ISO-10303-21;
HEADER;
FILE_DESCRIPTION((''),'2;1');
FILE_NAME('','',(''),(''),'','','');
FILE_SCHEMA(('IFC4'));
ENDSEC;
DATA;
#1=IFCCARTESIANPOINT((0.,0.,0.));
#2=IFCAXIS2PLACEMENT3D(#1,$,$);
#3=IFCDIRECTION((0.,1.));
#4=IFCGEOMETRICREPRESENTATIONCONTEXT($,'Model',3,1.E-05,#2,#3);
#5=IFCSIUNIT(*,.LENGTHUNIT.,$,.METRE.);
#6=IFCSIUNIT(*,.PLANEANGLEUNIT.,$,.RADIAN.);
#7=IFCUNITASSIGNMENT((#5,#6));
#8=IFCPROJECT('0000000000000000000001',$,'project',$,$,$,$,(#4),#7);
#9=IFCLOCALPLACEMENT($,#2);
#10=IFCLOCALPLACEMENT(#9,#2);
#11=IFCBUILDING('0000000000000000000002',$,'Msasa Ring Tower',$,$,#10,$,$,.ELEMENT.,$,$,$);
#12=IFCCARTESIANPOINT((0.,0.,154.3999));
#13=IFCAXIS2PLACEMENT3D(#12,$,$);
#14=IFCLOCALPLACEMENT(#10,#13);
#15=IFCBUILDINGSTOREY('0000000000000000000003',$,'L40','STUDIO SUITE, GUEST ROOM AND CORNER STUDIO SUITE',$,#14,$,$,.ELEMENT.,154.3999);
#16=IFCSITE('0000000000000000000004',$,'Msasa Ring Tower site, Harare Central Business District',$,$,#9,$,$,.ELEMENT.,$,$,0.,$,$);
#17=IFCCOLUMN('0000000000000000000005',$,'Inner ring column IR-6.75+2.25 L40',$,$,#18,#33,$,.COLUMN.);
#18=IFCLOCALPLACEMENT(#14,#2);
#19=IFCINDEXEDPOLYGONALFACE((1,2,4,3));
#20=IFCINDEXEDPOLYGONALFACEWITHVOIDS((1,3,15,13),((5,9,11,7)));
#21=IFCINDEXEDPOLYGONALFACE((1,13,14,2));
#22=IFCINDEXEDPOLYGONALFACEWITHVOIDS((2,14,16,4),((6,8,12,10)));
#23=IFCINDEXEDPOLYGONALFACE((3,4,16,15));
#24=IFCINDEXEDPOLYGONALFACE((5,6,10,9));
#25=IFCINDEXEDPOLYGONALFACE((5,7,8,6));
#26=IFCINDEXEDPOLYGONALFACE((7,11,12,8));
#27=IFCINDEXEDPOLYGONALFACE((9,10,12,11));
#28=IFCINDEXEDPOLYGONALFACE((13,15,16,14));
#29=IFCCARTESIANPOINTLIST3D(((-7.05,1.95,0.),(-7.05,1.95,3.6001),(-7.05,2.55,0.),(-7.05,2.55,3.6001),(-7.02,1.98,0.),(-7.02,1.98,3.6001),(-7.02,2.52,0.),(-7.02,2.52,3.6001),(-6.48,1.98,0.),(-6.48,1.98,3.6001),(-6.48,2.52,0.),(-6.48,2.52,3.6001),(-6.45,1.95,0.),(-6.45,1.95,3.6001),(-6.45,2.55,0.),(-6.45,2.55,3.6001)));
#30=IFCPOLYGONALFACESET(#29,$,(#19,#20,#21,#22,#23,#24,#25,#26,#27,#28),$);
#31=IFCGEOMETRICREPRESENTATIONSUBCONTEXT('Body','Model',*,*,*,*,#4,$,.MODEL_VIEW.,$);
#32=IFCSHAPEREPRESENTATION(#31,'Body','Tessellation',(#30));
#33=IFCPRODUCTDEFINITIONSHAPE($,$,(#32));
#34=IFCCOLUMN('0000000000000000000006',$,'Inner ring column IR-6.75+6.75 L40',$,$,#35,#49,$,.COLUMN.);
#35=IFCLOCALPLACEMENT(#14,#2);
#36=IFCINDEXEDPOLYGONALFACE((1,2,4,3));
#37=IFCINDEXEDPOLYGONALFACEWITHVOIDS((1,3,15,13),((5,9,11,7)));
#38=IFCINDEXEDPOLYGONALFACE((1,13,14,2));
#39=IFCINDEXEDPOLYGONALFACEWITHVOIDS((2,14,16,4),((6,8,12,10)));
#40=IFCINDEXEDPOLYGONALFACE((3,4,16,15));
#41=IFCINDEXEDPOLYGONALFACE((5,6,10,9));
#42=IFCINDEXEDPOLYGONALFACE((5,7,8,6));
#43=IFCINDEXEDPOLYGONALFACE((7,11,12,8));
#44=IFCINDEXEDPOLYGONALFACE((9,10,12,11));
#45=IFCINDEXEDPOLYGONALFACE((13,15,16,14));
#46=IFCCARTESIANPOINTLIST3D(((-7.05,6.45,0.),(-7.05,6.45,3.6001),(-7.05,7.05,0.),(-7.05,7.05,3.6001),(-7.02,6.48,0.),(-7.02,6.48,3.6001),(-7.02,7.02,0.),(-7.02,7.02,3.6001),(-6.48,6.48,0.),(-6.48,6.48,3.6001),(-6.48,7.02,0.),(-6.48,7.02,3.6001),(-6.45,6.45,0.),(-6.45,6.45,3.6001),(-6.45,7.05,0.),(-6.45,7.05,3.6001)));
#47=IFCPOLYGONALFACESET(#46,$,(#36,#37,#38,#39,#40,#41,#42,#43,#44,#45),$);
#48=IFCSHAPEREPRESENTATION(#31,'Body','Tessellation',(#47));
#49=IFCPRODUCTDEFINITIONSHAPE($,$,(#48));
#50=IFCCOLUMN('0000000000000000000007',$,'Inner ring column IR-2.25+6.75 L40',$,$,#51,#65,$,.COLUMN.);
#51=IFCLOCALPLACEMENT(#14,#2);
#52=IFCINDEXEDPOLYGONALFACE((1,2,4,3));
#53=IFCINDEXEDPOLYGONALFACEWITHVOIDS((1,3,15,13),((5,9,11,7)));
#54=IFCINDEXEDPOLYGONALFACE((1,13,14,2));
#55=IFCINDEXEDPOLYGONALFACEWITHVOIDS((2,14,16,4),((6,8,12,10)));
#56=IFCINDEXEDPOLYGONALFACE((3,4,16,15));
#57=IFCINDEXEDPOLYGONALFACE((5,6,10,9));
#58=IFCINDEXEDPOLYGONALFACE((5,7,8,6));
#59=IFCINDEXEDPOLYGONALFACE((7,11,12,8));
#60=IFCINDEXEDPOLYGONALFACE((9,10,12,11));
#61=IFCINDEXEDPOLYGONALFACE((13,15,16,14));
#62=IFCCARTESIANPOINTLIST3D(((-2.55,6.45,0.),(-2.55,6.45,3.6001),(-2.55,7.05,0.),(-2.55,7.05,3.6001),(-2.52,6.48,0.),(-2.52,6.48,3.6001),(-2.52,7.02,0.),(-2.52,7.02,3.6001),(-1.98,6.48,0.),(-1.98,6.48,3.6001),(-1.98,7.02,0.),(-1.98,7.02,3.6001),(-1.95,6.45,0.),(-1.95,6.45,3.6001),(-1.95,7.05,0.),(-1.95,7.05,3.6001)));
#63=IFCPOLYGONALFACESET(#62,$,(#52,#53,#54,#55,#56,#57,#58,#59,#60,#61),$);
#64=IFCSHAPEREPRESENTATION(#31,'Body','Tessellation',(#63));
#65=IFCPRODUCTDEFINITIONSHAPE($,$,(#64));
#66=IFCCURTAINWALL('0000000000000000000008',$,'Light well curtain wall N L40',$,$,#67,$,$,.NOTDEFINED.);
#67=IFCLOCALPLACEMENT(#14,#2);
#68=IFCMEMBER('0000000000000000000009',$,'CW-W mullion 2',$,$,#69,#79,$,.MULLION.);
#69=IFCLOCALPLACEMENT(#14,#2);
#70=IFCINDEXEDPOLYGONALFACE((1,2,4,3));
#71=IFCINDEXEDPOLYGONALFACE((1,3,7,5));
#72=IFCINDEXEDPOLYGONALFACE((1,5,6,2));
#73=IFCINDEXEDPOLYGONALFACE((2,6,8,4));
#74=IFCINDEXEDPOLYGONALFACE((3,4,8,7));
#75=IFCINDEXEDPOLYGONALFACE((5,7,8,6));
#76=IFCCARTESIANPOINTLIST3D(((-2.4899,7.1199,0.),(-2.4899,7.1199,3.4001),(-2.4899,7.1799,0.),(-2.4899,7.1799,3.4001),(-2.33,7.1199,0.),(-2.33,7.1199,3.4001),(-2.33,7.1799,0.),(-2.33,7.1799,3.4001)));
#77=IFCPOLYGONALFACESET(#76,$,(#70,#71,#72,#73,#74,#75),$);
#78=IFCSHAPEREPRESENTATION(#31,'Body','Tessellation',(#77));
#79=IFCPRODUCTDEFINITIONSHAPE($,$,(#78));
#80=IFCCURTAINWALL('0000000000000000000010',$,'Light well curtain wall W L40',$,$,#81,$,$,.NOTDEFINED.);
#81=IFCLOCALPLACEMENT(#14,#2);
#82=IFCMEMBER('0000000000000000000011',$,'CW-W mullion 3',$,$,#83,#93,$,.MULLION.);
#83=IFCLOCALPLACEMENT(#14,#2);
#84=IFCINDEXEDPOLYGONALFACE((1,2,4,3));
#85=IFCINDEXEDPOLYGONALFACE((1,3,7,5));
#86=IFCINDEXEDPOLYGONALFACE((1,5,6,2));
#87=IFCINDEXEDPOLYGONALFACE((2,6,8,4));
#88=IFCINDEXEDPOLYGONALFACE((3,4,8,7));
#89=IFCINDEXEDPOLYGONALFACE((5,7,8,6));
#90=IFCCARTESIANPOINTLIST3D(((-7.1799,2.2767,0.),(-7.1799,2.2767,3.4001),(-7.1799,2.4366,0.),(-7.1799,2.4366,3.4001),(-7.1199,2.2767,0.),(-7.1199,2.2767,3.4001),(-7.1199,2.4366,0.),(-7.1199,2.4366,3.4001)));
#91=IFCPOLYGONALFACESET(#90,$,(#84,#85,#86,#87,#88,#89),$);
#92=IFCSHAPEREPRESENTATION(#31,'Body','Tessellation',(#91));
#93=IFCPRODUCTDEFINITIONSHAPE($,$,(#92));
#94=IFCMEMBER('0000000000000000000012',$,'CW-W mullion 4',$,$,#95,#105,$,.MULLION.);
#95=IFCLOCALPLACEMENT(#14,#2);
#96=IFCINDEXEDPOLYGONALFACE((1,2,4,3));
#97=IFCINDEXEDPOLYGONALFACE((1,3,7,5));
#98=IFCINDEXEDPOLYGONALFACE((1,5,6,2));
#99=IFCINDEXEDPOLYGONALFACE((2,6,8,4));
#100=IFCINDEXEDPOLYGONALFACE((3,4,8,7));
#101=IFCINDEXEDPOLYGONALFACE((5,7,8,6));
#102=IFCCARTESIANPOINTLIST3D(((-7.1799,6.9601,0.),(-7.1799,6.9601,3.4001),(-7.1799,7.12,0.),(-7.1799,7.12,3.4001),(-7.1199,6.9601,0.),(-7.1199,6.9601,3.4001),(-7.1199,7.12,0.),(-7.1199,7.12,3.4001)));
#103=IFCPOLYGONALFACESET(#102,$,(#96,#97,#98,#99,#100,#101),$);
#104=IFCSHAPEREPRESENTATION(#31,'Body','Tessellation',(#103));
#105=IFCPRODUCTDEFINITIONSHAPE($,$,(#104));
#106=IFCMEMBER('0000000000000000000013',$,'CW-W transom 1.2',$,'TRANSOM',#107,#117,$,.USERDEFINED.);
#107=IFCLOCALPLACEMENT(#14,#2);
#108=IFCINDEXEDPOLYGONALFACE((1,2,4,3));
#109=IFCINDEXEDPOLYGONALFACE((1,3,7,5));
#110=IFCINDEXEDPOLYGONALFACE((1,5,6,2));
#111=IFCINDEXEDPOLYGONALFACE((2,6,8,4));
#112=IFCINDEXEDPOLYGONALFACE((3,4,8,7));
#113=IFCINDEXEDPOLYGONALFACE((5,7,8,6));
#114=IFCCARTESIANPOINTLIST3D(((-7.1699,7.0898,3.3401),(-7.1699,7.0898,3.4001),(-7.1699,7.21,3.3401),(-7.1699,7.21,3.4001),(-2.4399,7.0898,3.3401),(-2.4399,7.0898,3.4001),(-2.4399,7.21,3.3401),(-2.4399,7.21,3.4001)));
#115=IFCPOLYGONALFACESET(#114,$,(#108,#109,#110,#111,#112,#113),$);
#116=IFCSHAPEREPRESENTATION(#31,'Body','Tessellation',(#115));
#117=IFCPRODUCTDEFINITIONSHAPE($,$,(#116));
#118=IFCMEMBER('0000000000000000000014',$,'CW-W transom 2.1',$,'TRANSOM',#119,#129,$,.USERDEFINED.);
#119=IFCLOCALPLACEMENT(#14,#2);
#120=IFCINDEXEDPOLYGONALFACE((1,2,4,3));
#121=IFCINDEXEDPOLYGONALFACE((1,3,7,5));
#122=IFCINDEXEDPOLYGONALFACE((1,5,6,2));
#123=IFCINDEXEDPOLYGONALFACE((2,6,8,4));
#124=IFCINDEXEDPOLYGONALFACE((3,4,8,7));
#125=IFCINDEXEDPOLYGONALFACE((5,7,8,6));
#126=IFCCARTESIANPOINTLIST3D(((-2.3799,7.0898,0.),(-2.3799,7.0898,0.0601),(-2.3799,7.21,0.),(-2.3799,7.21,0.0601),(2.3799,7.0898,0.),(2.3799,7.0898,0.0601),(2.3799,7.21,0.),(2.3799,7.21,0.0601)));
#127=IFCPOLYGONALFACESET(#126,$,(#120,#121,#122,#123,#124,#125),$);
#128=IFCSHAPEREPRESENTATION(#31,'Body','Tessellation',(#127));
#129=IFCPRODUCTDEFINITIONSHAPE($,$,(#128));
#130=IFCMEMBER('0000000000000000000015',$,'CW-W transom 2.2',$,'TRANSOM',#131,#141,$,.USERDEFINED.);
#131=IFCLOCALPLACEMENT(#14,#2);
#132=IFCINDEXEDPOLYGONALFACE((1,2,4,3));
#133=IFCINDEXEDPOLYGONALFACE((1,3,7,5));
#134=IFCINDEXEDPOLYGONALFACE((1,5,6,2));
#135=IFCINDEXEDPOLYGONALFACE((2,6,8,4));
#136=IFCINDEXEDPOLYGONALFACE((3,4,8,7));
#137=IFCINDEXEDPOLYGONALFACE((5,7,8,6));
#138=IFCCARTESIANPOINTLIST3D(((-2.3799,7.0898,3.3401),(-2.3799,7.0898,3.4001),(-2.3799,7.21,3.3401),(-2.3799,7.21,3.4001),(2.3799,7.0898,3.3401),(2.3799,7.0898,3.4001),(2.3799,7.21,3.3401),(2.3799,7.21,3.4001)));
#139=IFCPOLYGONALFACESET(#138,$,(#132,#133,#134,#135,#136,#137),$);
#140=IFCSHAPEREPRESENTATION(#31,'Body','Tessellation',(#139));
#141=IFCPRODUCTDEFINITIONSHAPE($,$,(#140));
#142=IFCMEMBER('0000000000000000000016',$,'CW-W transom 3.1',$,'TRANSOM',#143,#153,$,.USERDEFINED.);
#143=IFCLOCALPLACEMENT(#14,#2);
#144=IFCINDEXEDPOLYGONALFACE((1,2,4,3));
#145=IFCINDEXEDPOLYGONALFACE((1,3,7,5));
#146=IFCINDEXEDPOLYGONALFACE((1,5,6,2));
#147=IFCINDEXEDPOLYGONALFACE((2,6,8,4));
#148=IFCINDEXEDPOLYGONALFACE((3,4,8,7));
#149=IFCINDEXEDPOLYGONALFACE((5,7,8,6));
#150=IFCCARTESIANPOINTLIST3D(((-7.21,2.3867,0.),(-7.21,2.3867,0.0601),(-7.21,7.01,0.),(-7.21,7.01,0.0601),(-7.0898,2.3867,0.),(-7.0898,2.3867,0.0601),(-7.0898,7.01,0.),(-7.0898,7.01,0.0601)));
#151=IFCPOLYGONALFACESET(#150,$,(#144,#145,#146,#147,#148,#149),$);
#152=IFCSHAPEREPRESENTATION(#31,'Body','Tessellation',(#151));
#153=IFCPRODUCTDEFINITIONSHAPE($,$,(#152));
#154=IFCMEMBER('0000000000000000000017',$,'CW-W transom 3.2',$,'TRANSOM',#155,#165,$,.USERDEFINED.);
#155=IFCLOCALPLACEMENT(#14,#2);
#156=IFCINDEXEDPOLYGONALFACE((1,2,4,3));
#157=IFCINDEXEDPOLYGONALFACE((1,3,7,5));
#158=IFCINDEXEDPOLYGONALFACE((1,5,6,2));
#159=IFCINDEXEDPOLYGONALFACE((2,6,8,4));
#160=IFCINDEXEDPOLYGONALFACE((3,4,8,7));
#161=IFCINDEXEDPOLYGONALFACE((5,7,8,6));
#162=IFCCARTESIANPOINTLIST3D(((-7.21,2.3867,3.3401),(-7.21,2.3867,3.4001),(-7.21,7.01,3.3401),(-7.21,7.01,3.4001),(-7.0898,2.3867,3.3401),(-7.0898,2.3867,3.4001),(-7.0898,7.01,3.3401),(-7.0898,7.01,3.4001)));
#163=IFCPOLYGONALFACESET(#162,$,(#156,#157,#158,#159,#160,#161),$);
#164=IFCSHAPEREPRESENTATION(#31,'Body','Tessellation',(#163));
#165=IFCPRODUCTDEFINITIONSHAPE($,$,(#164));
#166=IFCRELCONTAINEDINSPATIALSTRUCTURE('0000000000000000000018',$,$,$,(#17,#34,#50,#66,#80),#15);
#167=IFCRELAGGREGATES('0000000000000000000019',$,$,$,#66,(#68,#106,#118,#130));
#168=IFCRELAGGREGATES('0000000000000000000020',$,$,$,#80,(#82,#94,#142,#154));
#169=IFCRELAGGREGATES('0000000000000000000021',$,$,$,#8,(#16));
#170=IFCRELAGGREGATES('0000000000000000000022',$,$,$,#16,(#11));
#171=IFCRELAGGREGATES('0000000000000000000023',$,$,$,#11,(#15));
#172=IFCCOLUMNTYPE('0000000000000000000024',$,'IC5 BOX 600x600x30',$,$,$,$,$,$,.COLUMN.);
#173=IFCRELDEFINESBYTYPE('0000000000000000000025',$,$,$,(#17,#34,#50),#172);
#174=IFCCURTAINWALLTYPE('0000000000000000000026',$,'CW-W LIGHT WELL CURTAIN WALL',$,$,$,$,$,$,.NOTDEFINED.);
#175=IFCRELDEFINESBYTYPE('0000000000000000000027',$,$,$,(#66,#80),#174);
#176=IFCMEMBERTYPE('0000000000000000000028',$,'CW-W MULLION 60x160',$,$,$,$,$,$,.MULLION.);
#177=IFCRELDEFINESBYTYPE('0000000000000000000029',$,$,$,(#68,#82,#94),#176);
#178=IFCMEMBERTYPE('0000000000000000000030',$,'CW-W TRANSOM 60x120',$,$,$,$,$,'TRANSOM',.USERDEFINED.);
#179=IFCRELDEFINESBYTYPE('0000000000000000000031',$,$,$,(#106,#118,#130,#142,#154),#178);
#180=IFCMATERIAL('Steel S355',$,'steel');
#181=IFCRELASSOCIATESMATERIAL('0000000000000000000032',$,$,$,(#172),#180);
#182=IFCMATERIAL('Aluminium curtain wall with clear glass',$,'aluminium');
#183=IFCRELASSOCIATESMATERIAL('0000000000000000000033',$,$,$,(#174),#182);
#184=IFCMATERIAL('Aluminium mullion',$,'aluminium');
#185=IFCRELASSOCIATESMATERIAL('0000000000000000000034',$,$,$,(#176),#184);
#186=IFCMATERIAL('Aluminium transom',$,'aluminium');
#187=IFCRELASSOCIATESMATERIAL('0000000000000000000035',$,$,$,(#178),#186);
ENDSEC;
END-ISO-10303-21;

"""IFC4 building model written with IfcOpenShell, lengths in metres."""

from ifc_helpers import new_model, si_unit, direction, frame, origin, origin_2d, place, context, subcontext, project, spatial, rectangle, hollow_rectangle, extrude, material, material_profile, profile_set, type_object, element, aggregate, save


model = new_model("IFC4")

# Units and contexts
model_context = context("Model", 3, precision=1e-05, world=origin(), true_north=direction((0.0, 1.0)))
body_context = subcontext(model_context, "Body", "Model", "MODEL_VIEW")
ifc_project = project(units=[si_unit("LENGTHUNIT", "METRE"), si_unit("PLANEANGLEUNIT", "RADIAN")], contexts=[model_context])

# Site, building, storey
site_placement = place(None, origin())
site = spatial("IfcSite", under=ifc_project, at=site_placement, Name="Msasa Ring Tower site, Harare Central Business District", CompositionType="ELEMENT", RefElevation=0.0)
building_placement = place(site_placement, origin())
building = spatial("IfcBuilding", under=site, at=building_placement, Name="Msasa Ring Tower", CompositionType="ELEMENT")
storey_placement = place(building_placement, frame((0.0, 0.0, 154.3999)))
storey = spatial("IfcBuildingStorey", under=building, at=storey_placement, Name="L40", Description="STUDIO SUITE, GUEST ROOM AND CORNER STUDIO SUITE", CompositionType="ELEMENT", Elevation=154.3999)

# Columns
ifc_material_1 = material(Name="Steel S355", Category="steel")
ifc_material_profile_1 = material_profile(ifc_material_1, hollow_rectangle(XDim=0.6001, YDim=0.6001, WallThickness=0.03, at=origin_2d()), Name="BOX 600x600x30")
ifc_profile_set_1 = profile_set([ifc_material_profile_1], Name="Steel S355")
column_type = type_object("IfcColumnType", Name="IC5 BOX 600x600x30", PredefinedType="COLUMN", material=ifc_profile_set_1)
for number, where, z_axis, x_axis, name in (
    (1, (-6.75, 2.25, 0.0), (0.0, 0.0, 1.0), (1.0, 0.0, 0.0), "Inner ring column IR-6.75+2.25 L40"),
    (2, (-6.75, 6.75, 0.0), (0.0, 0.0, 1.0), (1.0, 0.0, 0.0), "Inner ring column IR-6.75+6.75 L40"),
    (3, (-2.25, 6.75, 0.0), (0.0, 0.0, 1.0), (1.0, 0.0, 0.0), "Inner ring column IR-2.25+6.75 L40"),
):
    element("IfcColumn", number, at=place(storey_placement, frame(where, z_axis=z_axis, x_axis=x_axis)), inside=storey, type_object=column_type, Name=name, PredefinedType="COLUMN", context=body_context, shape_type="SweptSolid", body=[
        extrude(hollow_rectangle(XDim=0.6001, YDim=0.6001, WallThickness=0.03, at=origin_2d()), origin(), (0.0, 0.0, 1.0), 3.6001),
    ])

# Curtain wall, member
ifc_material_2 = material(Name="Aluminium curtain wall with clear glass", Category="aluminium")
curtain_wall_type = type_object("IfcCurtainWallType", Name="CW-W LIGHT WELL CURTAIN WALL", PredefinedType="NOTDEFINED", material=ifc_material_2)
curtain_wall_1_placement = place(storey_placement, origin())
curtain_wall_1 = element("IfcCurtainWall", 4, at=curtain_wall_1_placement, inside=storey, type_object=curtain_wall_type, Name="Light well curtain wall N L40", PredefinedType="NOTDEFINED")
ifc_material_3 = material(Name="Aluminium mullion", Category="aluminium")
ifc_material_profile_2 = material_profile(ifc_material_3, rectangle(XDim=0.0601, YDim=0.1599, at=origin_2d()), Name="AL 60x160")
ifc_profile_set_2 = profile_set([ifc_material_profile_2], Name="Aluminium mullion")
member_type_1 = type_object("IfcMemberType", Name="CW-W MULLION 60x160", PredefinedType="MULLION", material=ifc_profile_set_2)
member_1_placement = place(storey_placement, frame((-2.4099, 7.1499, 0.0), z_axis=(0.0, 0.0, 1.0), x_axis=(0.0, 1.0, 0.0)))
member_1 = element("IfcMember", 5, at=member_1_placement, type_object=member_type_1, Name="CW-W mullion 2", PredefinedType="MULLION", context=body_context, shape_type="SweptSolid", body=[
    extrude(rectangle(XDim=0.0601, YDim=0.1599, at=origin_2d()), origin(), (0.0, 0.0, 1.0), 3.4001),
])

# Curtain wall, members
curtain_wall_2_placement = place(storey_placement, origin())
curtain_wall_2 = element("IfcCurtainWall", 6, at=curtain_wall_2_placement, inside=storey, type_object=curtain_wall_type, Name="Light well curtain wall W L40", PredefinedType="NOTDEFINED")
member_2_placement = place(storey_placement, frame((-7.1499, 2.3567, 0.0), z_axis=(0.0, 0.0, 1.0), x_axis=(-1.0, 0.0, 0.0)))
member_2 = element("IfcMember", 7, at=member_2_placement, type_object=member_type_1, Name="CW-W mullion 3", PredefinedType="MULLION", context=body_context, shape_type="SweptSolid", body=[
    extrude(rectangle(XDim=0.0601, YDim=0.1599, at=origin_2d()), origin(), (0.0, 0.0, 1.0), 3.4001),
])
member_3_placement = place(storey_placement, frame((-7.1499, 7.04, 0.0), z_axis=(0.0, 0.0, 1.0), x_axis=(-1.0, 0.0, 0.0)))
member_3 = element("IfcMember", 8, at=member_3_placement, type_object=member_type_1, Name="CW-W mullion 4", PredefinedType="MULLION", context=body_context, shape_type="SweptSolid", body=[
    extrude(rectangle(XDim=0.0601, YDim=0.1599, at=origin_2d()), origin(), (0.0, 0.0, 1.0), 3.4001),
])

# Members
ifc_material_4 = material(Name="Aluminium transom", Category="aluminium")
ifc_material_profile_3 = material_profile(ifc_material_4, rectangle(XDim=0.1201, YDim=0.0601, at=origin_2d()), Name="AL 60x120")
ifc_profile_set_3 = profile_set([ifc_material_profile_3], Name="Aluminium transom")
member_type_2 = type_object("IfcMemberType", Name="CW-W TRANSOM 60x120", ElementType="TRANSOM", PredefinedType="USERDEFINED", material=ifc_profile_set_3)
member_4_placement = place(storey_placement, frame((-7.1699, 7.1499, 3.3701), z_axis=(1.0, 0.0, 0.0), x_axis=(0.0, 1.0, 0.0)))
member_4 = element("IfcMember", 9, at=member_4_placement, type_object=member_type_2, Name="CW-W transom 1.2", ObjectType="TRANSOM", PredefinedType="USERDEFINED", context=body_context, shape_type="SweptSolid", body=[
    extrude(rectangle(XDim=0.1201, YDim=0.0601, at=origin_2d()), origin(), (0.0, 0.0, 1.0), 4.73),
])
member_5_placement = place(storey_placement, frame((-2.3799, 7.1499, 0.03), z_axis=(1.0, 0.0, 0.0), x_axis=(0.0, 1.0, 0.0)))
member_5 = element("IfcMember", 10, at=member_5_placement, type_object=member_type_2, Name="CW-W transom 2.1", ObjectType="TRANSOM", PredefinedType="USERDEFINED", context=body_context, shape_type="SweptSolid", body=[
    extrude(rectangle(XDim=0.1201, YDim=0.0601, at=origin_2d()), origin(), (0.0, 0.0, 1.0), 4.7598),
])
member_6_placement = place(storey_placement, frame((-2.3799, 7.1499, 3.3701), z_axis=(1.0, 0.0, 0.0), x_axis=(0.0, 1.0, 0.0)))
member_6 = element("IfcMember", 11, at=member_6_placement, type_object=member_type_2, Name="CW-W transom 2.2", ObjectType="TRANSOM", PredefinedType="USERDEFINED", context=body_context, shape_type="SweptSolid", body=[
    extrude(rectangle(XDim=0.1201, YDim=0.0601, at=origin_2d()), origin(), (0.0, 0.0, 1.0), 4.7598),
])
member_7_placement = place(storey_placement, frame((-7.1499, 2.3867, 0.03), z_axis=(0.0, 1.0, 0.0), x_axis=(-1.0, 0.0, 0.0)))
member_7 = element("IfcMember", 12, at=member_7_placement, type_object=member_type_2, Name="CW-W transom 3.1", ObjectType="TRANSOM", PredefinedType="USERDEFINED", context=body_context, shape_type="SweptSolid", body=[
    extrude(rectangle(XDim=0.1201, YDim=0.0601, at=origin_2d()), origin(), (0.0, 0.0, 1.0), 4.6233),
])
member_8_placement = place(storey_placement, frame((-7.1499, 2.3867, 3.3701), z_axis=(0.0, 1.0, 0.0), x_axis=(-1.0, 0.0, 0.0)))
member_8 = element("IfcMember", 13, at=member_8_placement, type_object=member_type_2, Name="CW-W transom 3.2", ObjectType="TRANSOM", PredefinedType="USERDEFINED", context=body_context, shape_type="SweptSolid", body=[
    extrude(rectangle(XDim=0.1201, YDim=0.0601, at=origin_2d()), origin(), (0.0, 0.0, 1.0), 4.6233),
])

aggregate(curtain_wall_1, [member_1, member_4, member_5, member_6])
aggregate(curtain_wall_2, [member_2, member_3, member_7, member_8])

save(model, "model.ifc")
